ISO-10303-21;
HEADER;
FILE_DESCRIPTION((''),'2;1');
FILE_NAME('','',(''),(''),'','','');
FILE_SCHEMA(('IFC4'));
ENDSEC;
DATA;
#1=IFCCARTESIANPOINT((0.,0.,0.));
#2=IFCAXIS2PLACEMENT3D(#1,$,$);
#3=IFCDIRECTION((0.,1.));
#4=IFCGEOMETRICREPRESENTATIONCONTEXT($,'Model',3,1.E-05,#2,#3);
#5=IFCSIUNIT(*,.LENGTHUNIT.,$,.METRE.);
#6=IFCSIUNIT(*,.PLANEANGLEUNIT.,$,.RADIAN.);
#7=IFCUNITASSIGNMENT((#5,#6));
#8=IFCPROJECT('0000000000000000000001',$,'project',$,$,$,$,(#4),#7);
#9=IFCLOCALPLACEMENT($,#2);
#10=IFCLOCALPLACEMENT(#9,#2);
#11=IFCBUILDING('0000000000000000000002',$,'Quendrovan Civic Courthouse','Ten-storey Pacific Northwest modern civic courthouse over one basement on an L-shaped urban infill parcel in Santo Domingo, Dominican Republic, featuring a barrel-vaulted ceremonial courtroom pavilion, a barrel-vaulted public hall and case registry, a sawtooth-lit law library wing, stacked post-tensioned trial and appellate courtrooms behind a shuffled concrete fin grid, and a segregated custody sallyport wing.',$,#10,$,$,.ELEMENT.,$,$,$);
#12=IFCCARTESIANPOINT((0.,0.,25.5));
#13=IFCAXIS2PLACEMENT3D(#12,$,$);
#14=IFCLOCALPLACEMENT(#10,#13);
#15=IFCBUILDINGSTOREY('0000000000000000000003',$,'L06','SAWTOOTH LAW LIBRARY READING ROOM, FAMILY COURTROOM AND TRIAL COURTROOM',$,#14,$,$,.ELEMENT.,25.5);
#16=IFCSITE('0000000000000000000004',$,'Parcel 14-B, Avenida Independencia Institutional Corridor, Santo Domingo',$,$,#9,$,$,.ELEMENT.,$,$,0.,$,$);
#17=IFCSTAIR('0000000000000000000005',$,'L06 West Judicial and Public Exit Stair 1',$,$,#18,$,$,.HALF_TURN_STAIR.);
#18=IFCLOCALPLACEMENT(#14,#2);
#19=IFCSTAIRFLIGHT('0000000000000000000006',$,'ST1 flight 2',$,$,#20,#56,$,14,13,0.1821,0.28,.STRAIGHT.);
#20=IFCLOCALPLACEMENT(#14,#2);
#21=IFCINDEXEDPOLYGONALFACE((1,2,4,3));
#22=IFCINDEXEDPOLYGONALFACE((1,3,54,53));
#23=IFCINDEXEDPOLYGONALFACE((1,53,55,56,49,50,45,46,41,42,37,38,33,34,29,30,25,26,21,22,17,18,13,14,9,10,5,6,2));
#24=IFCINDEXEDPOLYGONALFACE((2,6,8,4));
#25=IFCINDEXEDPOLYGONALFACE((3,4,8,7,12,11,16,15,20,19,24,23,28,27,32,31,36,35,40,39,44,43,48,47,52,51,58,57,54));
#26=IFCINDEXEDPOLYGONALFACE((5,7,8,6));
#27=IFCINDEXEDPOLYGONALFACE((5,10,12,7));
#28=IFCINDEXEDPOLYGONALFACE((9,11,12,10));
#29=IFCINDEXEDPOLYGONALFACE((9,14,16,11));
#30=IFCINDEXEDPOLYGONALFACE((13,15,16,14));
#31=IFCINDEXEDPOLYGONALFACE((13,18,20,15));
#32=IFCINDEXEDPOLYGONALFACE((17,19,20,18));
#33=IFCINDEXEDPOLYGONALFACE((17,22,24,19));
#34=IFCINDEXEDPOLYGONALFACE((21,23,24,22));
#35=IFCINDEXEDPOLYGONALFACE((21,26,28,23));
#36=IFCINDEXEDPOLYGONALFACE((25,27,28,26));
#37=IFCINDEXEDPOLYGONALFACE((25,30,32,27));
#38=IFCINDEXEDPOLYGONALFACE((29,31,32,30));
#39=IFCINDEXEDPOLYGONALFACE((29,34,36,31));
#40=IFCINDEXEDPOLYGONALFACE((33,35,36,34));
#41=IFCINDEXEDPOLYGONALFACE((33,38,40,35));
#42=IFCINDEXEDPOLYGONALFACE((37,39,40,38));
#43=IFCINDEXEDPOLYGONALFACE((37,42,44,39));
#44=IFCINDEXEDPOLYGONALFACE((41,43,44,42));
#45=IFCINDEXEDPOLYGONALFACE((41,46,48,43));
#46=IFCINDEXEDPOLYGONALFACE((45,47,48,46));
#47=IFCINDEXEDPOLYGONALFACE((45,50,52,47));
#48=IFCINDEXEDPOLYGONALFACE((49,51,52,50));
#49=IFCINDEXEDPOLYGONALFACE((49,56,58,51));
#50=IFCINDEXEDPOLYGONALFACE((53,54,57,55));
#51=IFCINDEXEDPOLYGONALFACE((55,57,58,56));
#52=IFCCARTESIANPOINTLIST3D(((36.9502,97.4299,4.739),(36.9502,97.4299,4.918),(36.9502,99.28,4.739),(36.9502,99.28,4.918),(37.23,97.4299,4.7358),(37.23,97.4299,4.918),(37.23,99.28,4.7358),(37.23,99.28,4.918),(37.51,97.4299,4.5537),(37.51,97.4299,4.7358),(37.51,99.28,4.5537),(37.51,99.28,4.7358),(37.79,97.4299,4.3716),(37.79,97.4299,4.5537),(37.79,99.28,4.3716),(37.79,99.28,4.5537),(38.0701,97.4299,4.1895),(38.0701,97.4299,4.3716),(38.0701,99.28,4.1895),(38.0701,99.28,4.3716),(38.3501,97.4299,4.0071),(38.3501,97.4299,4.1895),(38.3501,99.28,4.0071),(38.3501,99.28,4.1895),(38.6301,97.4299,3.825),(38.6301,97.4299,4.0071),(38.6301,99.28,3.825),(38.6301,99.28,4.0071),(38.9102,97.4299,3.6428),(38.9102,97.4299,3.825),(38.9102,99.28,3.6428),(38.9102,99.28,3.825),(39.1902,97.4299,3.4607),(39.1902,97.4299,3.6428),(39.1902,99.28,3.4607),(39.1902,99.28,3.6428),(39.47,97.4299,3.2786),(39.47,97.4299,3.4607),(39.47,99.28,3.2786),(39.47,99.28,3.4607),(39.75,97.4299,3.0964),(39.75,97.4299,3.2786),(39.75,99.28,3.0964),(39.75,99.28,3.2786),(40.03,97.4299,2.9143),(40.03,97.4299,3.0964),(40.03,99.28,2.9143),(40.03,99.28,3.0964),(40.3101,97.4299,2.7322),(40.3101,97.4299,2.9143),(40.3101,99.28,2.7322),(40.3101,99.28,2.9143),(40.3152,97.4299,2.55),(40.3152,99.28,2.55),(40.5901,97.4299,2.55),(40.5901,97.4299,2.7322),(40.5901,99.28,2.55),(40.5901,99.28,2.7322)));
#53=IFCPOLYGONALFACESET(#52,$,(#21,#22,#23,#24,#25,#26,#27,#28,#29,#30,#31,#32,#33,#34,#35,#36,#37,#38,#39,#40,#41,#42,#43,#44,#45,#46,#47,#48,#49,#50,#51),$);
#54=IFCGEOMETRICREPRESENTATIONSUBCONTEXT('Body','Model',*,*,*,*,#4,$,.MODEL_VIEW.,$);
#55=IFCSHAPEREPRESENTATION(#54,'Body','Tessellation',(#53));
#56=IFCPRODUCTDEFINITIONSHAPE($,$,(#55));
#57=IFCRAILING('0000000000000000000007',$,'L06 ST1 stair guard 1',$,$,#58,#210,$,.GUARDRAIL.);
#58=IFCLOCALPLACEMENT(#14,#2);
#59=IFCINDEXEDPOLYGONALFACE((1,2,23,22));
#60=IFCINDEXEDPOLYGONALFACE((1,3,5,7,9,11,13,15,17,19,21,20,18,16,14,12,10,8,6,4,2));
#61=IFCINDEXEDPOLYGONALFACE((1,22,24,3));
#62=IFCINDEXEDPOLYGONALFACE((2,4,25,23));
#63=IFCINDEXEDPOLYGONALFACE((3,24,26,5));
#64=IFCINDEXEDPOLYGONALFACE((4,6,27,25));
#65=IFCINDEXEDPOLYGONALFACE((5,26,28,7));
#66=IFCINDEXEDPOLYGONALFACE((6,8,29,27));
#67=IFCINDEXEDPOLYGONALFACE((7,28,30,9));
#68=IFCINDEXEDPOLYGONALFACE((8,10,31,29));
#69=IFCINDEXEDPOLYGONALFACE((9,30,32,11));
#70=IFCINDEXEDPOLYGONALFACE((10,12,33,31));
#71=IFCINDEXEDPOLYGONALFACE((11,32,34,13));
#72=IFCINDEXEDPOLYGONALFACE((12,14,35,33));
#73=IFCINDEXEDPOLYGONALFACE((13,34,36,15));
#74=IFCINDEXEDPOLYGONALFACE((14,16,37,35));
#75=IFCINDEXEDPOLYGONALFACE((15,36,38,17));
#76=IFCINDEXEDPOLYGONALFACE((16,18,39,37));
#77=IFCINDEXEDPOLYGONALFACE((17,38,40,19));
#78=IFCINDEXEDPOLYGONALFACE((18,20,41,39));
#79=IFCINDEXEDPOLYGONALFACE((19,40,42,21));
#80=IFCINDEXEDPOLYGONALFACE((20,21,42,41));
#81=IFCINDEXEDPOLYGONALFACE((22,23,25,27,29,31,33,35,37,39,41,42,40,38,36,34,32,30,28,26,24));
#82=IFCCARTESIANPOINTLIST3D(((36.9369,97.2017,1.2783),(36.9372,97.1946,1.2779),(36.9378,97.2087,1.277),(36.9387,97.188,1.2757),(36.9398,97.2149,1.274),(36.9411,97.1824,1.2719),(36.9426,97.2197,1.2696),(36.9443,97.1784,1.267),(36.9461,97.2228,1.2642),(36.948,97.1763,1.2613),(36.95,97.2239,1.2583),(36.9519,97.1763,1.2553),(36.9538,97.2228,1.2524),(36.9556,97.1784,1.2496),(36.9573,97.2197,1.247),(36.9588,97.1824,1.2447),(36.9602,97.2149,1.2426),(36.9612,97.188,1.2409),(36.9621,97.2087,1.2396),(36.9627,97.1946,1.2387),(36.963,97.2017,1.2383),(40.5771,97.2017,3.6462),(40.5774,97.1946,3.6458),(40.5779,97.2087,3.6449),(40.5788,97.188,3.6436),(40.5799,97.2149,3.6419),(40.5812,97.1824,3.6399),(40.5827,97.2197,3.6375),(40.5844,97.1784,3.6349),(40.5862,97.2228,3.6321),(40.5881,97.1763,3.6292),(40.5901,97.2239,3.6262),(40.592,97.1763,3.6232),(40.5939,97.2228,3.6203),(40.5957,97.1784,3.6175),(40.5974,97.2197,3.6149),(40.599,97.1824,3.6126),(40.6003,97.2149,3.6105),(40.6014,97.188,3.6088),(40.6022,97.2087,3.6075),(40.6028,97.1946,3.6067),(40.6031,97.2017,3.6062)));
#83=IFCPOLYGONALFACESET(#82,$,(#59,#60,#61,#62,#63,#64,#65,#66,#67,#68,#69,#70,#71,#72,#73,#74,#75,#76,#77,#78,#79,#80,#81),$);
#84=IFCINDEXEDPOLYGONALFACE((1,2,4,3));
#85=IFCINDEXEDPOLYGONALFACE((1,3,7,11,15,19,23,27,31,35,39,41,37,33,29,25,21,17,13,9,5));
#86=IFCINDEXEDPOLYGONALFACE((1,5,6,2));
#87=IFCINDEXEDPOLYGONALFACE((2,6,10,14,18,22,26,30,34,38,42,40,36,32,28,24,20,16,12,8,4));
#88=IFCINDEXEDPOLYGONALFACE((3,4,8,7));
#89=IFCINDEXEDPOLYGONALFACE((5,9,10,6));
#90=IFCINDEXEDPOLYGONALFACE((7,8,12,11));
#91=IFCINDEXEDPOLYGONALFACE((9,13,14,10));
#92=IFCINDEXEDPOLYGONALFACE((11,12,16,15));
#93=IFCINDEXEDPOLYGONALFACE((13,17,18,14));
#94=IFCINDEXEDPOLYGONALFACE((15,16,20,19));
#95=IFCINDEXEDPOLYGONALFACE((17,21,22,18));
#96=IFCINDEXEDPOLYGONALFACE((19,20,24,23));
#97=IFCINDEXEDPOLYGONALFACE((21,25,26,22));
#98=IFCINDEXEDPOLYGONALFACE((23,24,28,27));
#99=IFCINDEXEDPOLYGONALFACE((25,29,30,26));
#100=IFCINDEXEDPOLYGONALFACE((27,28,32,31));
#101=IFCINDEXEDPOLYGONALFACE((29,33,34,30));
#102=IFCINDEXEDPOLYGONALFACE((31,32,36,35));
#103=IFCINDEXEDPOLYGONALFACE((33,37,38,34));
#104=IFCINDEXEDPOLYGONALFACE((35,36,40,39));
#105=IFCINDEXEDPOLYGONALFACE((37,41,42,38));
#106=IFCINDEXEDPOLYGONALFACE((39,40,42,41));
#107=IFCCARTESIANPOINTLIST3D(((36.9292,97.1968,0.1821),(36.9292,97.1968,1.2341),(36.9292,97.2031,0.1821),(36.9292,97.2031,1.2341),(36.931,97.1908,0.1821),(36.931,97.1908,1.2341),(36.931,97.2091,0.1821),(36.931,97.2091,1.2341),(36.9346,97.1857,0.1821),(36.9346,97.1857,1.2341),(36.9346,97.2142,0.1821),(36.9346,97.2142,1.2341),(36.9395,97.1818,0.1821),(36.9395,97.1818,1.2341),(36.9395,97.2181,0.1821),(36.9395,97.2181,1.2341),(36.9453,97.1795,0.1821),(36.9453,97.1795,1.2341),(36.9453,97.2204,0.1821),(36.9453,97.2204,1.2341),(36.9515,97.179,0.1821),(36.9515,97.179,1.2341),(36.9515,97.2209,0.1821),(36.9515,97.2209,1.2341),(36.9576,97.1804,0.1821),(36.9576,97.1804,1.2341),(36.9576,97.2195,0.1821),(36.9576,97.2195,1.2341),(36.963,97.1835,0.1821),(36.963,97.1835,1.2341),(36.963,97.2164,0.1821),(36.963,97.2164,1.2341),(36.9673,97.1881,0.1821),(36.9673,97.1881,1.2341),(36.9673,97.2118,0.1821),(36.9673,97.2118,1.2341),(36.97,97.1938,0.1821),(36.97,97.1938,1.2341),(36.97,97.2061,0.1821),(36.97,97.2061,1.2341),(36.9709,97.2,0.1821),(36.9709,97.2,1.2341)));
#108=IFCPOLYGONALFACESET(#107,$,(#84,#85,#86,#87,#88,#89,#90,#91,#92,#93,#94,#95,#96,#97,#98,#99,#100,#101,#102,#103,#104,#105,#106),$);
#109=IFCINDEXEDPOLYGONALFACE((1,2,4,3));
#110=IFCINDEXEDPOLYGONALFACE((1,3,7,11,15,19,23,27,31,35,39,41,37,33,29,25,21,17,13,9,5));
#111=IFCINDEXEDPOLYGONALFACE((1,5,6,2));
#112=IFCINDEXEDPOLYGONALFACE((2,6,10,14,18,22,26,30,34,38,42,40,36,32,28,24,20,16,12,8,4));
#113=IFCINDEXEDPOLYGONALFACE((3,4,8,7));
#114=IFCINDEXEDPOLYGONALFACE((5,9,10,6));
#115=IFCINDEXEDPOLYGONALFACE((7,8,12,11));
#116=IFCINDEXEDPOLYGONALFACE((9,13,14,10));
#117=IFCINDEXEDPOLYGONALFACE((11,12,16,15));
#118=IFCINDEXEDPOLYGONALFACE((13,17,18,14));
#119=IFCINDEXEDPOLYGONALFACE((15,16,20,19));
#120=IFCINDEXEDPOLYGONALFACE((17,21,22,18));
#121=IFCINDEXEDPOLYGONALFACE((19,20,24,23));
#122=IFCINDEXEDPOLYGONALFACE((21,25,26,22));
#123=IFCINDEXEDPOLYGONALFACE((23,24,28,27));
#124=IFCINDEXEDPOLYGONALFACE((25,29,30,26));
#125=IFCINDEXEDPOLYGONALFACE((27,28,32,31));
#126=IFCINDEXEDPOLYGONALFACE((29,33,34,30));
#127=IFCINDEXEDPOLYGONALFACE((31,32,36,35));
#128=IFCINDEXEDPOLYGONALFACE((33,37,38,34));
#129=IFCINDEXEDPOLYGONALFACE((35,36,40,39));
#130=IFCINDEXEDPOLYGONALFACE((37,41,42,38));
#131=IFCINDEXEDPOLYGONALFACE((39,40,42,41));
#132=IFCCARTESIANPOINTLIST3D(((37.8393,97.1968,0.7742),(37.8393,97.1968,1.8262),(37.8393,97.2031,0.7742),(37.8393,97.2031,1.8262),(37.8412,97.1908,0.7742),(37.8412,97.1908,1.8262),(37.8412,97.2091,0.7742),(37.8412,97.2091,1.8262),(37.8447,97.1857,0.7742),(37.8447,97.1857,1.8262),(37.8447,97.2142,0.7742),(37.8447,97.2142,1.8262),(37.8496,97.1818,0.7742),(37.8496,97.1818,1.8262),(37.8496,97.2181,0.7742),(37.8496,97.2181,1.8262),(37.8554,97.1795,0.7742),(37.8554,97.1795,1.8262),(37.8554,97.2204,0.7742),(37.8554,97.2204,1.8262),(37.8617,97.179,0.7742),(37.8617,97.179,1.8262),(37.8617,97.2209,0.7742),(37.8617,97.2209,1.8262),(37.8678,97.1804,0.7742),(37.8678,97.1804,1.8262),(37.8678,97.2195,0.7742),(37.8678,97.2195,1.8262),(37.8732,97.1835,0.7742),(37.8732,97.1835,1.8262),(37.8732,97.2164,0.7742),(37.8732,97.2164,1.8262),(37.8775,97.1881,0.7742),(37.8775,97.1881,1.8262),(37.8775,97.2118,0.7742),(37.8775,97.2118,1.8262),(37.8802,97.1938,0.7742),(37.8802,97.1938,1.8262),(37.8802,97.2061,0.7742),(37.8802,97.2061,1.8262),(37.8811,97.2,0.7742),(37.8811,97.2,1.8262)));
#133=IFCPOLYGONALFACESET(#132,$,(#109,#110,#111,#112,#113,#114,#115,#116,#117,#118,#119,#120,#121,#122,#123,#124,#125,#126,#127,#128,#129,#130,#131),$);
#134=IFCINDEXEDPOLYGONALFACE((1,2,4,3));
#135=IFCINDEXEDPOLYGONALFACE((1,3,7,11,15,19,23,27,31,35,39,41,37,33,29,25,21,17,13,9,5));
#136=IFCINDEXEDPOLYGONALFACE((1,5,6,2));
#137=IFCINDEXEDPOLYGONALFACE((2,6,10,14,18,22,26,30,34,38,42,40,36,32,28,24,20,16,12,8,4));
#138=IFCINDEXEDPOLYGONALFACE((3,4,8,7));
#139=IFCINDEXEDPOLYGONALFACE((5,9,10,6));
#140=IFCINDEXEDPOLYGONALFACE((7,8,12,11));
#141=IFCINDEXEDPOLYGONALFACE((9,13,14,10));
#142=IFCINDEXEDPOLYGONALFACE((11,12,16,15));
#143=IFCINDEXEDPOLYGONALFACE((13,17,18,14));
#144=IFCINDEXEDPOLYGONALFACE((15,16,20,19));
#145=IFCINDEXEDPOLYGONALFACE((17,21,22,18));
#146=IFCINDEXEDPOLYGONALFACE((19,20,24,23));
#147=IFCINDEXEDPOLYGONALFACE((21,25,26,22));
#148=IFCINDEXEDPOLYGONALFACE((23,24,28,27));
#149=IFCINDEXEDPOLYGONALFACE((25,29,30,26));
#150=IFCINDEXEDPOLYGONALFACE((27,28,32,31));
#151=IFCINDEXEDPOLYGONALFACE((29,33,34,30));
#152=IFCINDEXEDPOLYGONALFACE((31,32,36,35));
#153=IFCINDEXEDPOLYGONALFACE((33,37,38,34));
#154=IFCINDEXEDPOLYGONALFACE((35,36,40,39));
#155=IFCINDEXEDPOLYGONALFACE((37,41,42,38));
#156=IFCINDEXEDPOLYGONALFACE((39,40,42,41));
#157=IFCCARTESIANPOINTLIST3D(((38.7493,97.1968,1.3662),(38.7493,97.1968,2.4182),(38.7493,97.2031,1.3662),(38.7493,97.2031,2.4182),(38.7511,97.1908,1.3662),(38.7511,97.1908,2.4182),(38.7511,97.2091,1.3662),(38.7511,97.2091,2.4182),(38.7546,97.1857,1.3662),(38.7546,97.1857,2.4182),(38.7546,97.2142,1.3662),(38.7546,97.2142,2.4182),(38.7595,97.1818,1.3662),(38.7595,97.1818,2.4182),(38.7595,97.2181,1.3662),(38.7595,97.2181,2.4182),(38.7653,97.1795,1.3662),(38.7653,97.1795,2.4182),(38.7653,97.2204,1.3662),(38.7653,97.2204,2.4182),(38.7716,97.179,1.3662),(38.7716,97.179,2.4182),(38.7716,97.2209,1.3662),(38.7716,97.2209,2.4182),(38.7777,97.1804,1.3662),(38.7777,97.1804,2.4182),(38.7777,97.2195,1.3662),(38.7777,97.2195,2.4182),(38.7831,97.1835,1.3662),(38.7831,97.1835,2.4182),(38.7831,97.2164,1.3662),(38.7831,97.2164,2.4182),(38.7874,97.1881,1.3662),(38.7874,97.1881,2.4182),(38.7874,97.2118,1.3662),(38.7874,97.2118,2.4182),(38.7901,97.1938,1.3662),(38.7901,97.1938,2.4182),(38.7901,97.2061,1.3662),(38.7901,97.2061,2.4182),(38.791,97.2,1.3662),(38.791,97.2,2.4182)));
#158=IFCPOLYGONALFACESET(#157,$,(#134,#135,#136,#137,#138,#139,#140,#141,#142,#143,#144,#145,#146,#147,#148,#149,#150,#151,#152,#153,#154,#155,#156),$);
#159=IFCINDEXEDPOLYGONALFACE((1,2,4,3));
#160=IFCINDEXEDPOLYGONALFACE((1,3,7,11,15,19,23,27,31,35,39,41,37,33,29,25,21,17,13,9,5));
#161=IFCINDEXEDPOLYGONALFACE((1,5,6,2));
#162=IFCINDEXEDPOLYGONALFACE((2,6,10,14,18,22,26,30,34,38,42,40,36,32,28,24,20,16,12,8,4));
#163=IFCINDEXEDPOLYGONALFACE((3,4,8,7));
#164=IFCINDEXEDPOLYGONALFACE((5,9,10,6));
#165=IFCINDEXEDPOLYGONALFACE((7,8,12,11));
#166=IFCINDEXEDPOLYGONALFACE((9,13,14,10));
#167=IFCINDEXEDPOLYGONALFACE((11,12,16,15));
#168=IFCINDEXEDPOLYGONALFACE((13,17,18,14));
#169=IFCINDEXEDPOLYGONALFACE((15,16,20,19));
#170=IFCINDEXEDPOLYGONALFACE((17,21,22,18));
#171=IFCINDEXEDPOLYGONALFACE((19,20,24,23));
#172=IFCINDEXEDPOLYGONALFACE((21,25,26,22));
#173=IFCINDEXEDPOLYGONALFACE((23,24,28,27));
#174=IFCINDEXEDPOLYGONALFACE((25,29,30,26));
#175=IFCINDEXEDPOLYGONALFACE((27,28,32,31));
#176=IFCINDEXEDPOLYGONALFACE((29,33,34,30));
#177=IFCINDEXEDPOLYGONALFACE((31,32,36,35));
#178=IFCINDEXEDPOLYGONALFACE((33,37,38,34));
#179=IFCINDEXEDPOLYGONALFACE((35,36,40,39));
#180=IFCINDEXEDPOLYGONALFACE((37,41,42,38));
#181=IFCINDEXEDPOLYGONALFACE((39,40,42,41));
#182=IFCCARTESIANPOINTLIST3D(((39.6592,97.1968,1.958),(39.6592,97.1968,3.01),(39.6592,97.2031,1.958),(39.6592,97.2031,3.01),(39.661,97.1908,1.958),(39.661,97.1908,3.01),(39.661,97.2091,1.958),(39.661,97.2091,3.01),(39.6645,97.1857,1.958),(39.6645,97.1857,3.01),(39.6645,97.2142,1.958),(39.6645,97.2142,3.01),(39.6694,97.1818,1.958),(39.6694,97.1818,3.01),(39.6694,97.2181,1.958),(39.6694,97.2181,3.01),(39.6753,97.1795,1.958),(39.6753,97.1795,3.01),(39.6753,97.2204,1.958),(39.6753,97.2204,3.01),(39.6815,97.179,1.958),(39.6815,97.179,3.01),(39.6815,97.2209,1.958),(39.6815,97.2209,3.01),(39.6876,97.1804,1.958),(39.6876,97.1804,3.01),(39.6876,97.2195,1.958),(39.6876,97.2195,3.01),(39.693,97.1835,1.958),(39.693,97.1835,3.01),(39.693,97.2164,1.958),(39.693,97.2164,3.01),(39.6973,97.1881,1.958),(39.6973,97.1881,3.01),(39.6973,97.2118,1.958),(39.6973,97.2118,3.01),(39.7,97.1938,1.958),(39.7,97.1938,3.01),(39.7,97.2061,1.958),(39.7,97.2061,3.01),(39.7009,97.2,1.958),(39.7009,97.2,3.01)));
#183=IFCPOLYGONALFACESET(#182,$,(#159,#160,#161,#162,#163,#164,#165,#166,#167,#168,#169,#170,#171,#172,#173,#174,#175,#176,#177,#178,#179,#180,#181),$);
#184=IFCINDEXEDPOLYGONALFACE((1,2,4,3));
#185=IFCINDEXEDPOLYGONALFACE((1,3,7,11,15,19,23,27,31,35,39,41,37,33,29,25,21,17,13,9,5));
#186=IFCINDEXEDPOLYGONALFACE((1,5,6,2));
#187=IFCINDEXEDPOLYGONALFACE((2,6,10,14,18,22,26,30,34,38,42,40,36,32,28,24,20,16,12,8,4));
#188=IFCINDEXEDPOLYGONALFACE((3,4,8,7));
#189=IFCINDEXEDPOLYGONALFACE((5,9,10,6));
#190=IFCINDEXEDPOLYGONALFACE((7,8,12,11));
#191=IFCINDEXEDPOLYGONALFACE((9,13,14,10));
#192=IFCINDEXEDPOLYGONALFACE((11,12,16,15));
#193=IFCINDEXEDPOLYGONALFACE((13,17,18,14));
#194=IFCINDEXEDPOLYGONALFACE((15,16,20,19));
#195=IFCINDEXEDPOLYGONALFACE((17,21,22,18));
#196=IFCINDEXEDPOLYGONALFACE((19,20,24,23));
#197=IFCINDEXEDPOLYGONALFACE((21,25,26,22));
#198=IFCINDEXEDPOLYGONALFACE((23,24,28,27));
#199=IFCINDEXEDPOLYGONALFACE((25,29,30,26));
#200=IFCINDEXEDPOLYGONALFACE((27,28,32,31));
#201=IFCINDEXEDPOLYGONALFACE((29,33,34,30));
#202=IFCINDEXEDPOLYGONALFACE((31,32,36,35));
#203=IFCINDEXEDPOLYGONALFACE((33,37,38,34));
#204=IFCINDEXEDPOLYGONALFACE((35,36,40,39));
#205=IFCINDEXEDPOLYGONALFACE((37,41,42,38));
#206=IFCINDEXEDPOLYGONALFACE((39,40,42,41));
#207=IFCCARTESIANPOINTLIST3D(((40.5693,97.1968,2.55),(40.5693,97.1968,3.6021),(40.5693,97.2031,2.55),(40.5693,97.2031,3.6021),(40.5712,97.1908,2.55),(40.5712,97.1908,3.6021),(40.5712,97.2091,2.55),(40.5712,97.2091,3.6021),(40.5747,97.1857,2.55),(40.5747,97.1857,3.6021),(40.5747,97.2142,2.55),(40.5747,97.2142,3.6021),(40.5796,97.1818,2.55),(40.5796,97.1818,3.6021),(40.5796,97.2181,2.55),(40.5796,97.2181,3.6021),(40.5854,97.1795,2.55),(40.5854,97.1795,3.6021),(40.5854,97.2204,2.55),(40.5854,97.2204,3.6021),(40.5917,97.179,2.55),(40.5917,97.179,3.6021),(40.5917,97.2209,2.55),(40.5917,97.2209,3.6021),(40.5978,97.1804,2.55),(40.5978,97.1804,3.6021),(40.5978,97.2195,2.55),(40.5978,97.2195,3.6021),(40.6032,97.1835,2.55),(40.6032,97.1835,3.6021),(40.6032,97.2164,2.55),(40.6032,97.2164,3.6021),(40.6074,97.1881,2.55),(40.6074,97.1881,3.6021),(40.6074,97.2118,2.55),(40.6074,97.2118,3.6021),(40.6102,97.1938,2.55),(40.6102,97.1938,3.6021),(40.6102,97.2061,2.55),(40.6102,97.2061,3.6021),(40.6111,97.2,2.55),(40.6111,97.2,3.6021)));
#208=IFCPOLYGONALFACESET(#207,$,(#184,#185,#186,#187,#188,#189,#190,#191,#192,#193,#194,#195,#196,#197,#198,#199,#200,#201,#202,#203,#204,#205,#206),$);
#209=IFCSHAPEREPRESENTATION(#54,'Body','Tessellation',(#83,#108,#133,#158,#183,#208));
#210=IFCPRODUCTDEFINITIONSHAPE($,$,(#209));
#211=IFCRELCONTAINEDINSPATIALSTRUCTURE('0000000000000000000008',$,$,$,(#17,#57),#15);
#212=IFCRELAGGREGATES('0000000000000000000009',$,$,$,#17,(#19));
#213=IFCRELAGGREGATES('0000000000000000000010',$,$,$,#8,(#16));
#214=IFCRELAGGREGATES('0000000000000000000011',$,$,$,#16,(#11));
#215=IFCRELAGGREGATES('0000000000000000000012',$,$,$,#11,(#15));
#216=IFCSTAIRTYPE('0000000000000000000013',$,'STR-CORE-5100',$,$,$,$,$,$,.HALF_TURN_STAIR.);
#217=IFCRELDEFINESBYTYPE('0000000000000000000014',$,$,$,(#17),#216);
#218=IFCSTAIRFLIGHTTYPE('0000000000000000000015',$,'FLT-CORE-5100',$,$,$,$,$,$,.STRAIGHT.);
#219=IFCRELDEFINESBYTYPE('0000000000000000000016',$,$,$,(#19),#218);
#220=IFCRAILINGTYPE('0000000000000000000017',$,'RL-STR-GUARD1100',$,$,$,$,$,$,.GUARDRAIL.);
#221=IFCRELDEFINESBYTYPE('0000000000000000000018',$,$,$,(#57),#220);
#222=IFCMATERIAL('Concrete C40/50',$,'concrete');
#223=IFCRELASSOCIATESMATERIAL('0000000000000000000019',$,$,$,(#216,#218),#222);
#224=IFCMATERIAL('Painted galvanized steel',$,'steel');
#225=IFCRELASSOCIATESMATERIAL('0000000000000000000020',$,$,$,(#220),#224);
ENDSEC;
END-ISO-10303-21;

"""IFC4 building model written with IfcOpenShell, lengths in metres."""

from ifc_helpers import new_model, si_unit, direction, frame, origin, origin_2d, place, context, subcontext, project, spatial, polyline, circle, outline, extrude, material, type_object, element, aggregate, save


model = new_model("IFC4")

# Units and contexts
model_context = context("Model", 3, precision=1e-05, world=origin(), true_north=direction((0.0, 1.0)))
body_context = subcontext(model_context, "Body", "Model", "MODEL_VIEW")
ifc_project = project(units=[si_unit("LENGTHUNIT", "METRE"), si_unit("PLANEANGLEUNIT", "RADIAN")], contexts=[model_context])

# Site, building, storey
site_placement = place(None, origin())
site = spatial("IfcSite", under=ifc_project, at=site_placement, Name="Parcel 14-B, Avenida Independencia Institutional Corridor, Santo Domingo", CompositionType="ELEMENT", RefElevation=0.0)
building_placement = place(site_placement, origin())
building = spatial("IfcBuilding", under=site, at=building_placement, Name="Quendrovan Civic Courthouse", Description="Ten-storey Pacific Northwest modern civic courthouse over one basement on an L-shaped urban infill parcel in Santo Domingo, Dominican Republic, featuring a barrel-vaulted ceremonial courtroom pavilion, a barrel-vaulted public hall and case registry, a sawtooth-lit law library wing, stacked post-tensioned trial and appellate courtrooms behind a shuffled concrete fin grid, and a segregated custody sallyport wing.", CompositionType="ELEMENT")
storey_placement = place(building_placement, frame((0.0, 0.0, 25.5)))
storey = spatial("IfcBuildingStorey", under=building, at=storey_placement, Name="L06", Description="SAWTOOTH LAW LIBRARY READING ROOM, FAMILY COURTROOM AND TRIAL COURTROOM", CompositionType="ELEMENT", Elevation=25.5)

# Shared definitions
ifc_material_1 = material(Name="Concrete C40/50", Category="concrete")

# Stair, stair flight
stair_type = type_object("IfcStairType", Name="STR-CORE-5100", PredefinedType="HALF_TURN_STAIR", material=ifc_material_1)
stair_placement = place(storey_placement, origin())
stair = element("IfcStair", 1, at=stair_placement, inside=storey, type_object=stair_type, Name="L06 West Judicial and Public Exit Stair 1", PredefinedType="HALF_TURN_STAIR")
stair_flight_type = type_object("IfcStairFlightType", Name="FLT-CORE-5100", PredefinedType="STRAIGHT", material=ifc_material_1)
stair_flight_1_placement = place(storey_placement, frame((40.5901, 98.355, 2.55), z_axis=(0.0, 0.0, 1.0), x_axis=(-1.0, 0.0, 0.0)))
stair_flight_1 = element("IfcStairFlight", 2, at=stair_flight_1_placement, type_object=stair_flight_type, Name="ST1 flight 2", NumberOfRisers=14, NumberOfTreads=13, PredefinedType="STRAIGHT", RiserHeight=0.1821, TreadLength=0.28, context=body_context, shape_type="SweptSolid", body=[
    extrude(outline(polyline([(0.0, 0.0), (0.0, 0.1821), (0.28, 0.1821), (0.28, 0.3643), (0.5601, 0.3643), (0.5601, 0.5464), (0.8401, 0.5464), (0.8401, 0.7285), (1.1201, 0.7285), (1.1201, 0.9106), (1.3999, 0.9106), (1.3999, 1.0928), (1.6799, 1.0928), (1.6799, 1.2749), (1.96, 1.2749), (1.96, 1.457), (2.24, 1.457), (2.24, 1.6394), (2.52, 1.6394), (2.52, 1.8215), (2.8, 1.8215), (2.8, 2.0037), (3.0801, 2.0037), (3.0801, 2.1858), (3.3601, 2.1858), (3.3601, 2.3679), (3.6399, 2.3679), (3.6399, 2.55), (3.6399, 2.189), (0.2749, 0.0), (0.0, 0.0)])), frame((0.0, 0.925, 0.0), z_axis=(0.0, -1.0, 0.0), x_axis=(1.0, 0.0, 0.0)), (0.0, 0.0, 1.0), 1.8501),
])
aggregate(stair, [stair_flight_1])

# Railing
ifc_material_2 = material(Name="Painted galvanized steel", Category="steel")
railing_type_1 = type_object("IfcRailingType", Name="RL-STR-GUARD1100", PredefinedType="GUARDRAIL", material=ifc_material_2)
railing_1_placement = place(storey_placement, frame((36.95, 97.2, 0.1821)))
element("IfcRailing", 3, at=railing_1_placement, inside=storey, type_object=railing_type_1, Name="L06 ST1 stair guard 1", PredefinedType="GUARDRAIL", context=body_context, shape_type="SweptSolid", body=[
    extrude(circle(Radius=0.0239, at=origin_2d()), frame((0.0, 0.0, 1.0762), z_axis=(0.838251, 0.0, 0.545285), x_axis=(0.0, 1.0, 0.0)), (0.0, 0.0, 1.0), 4.3425),
    extrude(circle(Radius=0.021, at=origin_2d()), origin(), (0.0, 0.0, 1.0), 1.052),
    extrude(circle(Radius=0.021, at=origin_2d()), frame((0.9102, 0.0, 0.592)), (0.0, 0.0, 1.0), 1.052),
    extrude(circle(Radius=0.021, at=origin_2d()), frame((1.8201, 0.0, 1.1841)), (0.0, 0.0, 1.0), 1.052),
    extrude(circle(Radius=0.021, at=origin_2d()), frame((2.73, 0.0, 1.7759)), (0.0, 0.0, 1.0), 1.052),
    extrude(circle(Radius=0.021, at=origin_2d()), frame((3.6401, 0.0, 2.3679)), (0.0, 0.0, 1.0), 1.052),
])

save(model, "model.ifc")
